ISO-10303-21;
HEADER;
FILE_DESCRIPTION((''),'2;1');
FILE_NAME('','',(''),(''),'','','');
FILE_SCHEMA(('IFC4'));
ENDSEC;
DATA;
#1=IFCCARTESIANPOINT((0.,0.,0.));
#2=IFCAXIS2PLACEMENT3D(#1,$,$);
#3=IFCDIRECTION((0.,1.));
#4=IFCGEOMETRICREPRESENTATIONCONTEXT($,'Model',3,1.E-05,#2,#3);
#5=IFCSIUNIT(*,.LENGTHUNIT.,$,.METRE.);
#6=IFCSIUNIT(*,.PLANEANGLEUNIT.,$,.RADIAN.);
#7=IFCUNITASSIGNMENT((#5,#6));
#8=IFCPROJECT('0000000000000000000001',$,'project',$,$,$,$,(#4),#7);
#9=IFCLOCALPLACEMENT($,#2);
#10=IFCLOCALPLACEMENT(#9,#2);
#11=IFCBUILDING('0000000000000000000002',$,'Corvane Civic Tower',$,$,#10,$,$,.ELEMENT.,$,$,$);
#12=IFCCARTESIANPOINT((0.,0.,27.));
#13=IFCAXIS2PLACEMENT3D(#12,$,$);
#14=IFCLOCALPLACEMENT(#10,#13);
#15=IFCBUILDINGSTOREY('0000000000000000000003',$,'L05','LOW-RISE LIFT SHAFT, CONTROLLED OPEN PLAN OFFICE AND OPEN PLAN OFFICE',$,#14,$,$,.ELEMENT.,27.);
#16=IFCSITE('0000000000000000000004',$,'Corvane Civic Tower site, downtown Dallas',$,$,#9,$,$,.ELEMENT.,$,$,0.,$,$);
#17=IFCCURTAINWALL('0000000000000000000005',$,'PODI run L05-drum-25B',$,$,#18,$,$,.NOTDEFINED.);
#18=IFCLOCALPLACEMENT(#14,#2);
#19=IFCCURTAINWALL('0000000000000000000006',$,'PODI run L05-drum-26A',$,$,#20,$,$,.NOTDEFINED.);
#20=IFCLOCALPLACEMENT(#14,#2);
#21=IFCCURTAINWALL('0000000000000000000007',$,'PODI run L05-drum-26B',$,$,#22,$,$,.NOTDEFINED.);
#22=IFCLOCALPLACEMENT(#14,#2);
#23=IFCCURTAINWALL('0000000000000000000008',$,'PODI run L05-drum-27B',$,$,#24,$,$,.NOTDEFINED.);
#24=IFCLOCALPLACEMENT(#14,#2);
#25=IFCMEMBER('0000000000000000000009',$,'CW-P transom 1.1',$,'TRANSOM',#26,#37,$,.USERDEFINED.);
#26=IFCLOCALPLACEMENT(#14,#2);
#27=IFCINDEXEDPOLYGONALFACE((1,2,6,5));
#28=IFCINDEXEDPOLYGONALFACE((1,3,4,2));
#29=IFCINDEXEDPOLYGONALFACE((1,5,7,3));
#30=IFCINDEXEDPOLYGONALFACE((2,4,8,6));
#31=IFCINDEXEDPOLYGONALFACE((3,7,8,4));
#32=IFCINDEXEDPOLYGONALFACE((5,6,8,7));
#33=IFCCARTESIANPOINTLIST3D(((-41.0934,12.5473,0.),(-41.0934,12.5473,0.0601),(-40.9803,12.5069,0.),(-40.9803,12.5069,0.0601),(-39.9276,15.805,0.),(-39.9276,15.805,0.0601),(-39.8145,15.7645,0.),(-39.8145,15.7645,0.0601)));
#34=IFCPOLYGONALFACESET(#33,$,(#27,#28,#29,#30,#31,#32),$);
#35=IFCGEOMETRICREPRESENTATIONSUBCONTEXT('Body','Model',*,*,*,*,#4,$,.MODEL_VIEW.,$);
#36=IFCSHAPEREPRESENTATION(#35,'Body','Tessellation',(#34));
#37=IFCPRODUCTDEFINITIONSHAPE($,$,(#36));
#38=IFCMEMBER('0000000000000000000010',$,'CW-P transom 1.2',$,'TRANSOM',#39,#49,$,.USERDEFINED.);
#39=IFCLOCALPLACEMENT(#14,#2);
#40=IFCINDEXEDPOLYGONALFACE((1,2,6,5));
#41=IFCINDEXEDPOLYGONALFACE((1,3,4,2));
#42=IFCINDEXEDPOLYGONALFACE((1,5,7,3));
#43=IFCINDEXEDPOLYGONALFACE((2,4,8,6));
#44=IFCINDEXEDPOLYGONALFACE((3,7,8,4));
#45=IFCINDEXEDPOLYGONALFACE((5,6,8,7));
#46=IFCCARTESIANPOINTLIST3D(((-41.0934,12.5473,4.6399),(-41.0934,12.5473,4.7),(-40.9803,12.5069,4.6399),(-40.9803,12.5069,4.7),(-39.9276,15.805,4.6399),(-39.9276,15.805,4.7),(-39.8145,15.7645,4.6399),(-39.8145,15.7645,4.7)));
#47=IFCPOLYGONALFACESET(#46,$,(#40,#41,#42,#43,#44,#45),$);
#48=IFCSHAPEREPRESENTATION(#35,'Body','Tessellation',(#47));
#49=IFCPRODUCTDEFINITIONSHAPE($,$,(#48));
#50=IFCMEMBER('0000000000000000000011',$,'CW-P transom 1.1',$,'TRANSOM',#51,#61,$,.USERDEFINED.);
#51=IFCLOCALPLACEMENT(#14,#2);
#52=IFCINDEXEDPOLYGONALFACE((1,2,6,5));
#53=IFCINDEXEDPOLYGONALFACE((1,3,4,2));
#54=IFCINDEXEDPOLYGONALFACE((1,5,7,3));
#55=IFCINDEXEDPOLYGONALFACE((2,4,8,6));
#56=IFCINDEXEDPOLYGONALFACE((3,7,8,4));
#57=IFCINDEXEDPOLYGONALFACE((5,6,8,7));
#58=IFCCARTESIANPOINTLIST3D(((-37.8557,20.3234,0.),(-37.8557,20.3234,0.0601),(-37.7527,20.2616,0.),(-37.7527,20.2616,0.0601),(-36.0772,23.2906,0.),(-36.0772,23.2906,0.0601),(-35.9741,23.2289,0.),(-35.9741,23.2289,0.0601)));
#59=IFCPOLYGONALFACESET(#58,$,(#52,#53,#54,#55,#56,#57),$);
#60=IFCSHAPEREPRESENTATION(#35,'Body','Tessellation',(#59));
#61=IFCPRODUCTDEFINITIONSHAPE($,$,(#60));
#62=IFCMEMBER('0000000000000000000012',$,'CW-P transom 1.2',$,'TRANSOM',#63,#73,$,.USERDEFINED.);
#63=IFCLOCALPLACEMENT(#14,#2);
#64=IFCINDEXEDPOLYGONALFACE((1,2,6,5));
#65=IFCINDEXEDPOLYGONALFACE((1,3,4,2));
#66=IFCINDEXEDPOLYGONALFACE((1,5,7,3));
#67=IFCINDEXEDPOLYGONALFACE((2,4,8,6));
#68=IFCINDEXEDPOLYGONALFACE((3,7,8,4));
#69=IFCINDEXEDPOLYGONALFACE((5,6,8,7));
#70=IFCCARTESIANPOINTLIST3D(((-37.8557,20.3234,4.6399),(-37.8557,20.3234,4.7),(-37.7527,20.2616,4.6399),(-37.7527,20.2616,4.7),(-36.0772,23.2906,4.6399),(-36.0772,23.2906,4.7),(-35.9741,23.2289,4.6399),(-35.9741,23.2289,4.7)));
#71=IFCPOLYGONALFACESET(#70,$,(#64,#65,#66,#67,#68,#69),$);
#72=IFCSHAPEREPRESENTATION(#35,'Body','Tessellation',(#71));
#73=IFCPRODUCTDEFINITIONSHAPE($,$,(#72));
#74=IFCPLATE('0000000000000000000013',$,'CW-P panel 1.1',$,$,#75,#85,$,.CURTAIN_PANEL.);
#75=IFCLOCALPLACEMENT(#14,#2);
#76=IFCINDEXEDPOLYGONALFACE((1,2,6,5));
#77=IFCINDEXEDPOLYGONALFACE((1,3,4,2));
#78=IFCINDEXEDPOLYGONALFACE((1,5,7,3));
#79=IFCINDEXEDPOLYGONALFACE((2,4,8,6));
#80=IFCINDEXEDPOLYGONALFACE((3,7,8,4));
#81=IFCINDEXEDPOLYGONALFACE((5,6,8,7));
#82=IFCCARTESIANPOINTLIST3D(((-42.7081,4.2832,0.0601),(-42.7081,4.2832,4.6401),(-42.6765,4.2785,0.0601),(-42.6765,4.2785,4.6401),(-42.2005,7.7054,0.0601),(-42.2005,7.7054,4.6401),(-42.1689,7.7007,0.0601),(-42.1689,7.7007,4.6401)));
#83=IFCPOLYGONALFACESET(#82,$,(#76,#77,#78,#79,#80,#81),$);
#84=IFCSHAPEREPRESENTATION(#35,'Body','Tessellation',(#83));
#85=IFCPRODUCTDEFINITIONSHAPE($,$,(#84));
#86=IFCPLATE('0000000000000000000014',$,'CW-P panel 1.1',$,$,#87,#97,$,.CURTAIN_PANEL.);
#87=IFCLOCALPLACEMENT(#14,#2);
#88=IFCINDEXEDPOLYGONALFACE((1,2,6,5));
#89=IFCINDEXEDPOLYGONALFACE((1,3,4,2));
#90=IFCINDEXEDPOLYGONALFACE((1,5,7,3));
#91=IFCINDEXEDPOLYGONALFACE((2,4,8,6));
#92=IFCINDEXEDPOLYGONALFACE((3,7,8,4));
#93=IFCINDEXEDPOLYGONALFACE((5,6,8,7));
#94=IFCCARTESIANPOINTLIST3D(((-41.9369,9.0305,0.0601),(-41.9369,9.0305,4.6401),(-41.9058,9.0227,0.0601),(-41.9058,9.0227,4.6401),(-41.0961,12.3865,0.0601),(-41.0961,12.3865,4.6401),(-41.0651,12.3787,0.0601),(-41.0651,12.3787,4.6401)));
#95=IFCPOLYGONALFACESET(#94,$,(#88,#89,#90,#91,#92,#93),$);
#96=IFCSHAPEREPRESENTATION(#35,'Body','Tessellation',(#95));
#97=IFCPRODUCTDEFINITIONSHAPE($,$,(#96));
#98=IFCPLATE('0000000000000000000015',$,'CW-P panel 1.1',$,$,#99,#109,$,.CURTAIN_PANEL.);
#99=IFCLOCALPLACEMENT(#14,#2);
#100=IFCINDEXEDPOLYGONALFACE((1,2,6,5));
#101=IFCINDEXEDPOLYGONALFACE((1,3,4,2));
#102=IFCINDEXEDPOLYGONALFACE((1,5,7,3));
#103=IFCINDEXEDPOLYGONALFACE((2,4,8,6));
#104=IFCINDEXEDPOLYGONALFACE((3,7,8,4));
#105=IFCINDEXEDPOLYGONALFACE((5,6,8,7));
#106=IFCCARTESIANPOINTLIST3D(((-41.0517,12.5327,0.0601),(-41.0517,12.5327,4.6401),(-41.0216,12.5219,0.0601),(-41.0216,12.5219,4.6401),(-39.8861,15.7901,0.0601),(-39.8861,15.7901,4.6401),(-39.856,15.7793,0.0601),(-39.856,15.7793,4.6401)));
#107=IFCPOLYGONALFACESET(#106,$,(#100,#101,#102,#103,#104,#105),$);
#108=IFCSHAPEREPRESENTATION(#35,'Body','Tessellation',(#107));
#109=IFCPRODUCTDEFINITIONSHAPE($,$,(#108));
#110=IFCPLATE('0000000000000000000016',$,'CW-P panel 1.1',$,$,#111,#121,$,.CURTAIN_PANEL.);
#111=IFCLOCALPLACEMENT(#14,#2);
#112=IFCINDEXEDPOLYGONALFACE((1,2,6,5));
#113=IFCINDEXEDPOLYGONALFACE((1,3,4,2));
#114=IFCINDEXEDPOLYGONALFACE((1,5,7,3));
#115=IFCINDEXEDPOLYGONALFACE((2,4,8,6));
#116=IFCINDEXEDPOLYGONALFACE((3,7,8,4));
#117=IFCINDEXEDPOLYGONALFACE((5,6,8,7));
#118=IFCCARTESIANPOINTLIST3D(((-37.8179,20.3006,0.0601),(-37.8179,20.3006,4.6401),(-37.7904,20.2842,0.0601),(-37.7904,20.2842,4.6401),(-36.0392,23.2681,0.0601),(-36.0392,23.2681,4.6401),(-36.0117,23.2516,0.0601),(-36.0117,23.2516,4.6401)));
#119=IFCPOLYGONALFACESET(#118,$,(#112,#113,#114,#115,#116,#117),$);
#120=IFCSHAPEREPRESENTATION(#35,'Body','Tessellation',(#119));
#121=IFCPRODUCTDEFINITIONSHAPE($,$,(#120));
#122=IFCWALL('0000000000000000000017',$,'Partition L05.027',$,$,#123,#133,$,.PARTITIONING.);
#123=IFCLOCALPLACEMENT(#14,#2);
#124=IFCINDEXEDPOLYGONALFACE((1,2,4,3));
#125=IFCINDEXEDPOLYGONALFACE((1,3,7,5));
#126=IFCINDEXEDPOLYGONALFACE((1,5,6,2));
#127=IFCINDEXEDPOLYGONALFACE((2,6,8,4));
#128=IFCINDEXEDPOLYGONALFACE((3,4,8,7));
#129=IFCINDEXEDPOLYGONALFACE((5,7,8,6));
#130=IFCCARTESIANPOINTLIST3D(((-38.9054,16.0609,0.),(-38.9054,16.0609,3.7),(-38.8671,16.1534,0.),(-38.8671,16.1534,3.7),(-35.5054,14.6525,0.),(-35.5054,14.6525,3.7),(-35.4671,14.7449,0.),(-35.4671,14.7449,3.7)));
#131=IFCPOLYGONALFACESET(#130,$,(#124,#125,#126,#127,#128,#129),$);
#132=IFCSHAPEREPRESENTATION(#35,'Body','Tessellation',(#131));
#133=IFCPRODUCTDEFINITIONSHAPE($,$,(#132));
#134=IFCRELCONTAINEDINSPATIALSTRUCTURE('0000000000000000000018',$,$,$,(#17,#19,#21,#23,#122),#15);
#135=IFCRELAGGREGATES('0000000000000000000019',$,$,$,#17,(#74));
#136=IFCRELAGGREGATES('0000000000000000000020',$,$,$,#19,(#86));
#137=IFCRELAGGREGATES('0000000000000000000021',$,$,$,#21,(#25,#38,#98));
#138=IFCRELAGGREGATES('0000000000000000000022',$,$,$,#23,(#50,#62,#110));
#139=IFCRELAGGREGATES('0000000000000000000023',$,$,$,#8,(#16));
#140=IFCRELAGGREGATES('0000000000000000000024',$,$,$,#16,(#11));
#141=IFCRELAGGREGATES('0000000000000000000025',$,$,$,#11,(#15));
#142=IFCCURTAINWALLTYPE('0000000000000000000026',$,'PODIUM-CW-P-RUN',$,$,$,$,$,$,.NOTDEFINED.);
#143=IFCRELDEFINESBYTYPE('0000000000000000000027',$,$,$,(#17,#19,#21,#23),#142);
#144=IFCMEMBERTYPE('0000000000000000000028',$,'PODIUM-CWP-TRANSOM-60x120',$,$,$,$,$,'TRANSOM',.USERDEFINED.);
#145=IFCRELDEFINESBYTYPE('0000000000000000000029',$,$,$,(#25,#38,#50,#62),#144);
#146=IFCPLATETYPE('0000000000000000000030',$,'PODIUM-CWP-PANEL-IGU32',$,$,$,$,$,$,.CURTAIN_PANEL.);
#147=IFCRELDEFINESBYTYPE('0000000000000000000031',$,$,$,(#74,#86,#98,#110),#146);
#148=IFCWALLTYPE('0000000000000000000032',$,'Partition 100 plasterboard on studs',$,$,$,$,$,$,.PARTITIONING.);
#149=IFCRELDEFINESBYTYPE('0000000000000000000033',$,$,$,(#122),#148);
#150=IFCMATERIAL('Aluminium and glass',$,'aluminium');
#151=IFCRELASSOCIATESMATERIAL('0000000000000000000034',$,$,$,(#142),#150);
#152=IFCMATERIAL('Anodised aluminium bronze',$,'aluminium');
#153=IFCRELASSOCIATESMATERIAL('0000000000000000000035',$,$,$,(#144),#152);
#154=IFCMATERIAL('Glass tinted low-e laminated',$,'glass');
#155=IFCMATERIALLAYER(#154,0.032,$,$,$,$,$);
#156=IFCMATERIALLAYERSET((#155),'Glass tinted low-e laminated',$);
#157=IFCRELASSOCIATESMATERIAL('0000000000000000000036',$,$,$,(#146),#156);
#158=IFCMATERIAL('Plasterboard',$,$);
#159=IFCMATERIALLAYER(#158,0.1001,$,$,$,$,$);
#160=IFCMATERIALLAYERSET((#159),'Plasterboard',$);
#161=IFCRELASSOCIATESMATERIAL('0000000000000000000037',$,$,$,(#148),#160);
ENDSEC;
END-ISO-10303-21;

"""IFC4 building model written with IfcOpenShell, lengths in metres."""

from ifc_helpers import new_model, si_unit, direction, frame, frame_2d, origin, origin_2d, place, context, subcontext, project, spatial, rectangle, extrude, material, layer, layer_set, material_profile, profile_set, type_object, element, aggregate, save


model = new_model("IFC4")

# Units and contexts
model_context = context("Model", 3, precision=1e-05, world=origin(), true_north=direction((0.0, 1.0)))
body_context = subcontext(model_context, "Body", "Model", "MODEL_VIEW")
ifc_project = project(units=[si_unit("LENGTHUNIT", "METRE"), si_unit("PLANEANGLEUNIT", "RADIAN")], contexts=[model_context])

# Site, building, storey
site_placement = place(None, origin())
site = spatial("IfcSite", under=ifc_project, at=site_placement, Name="Corvane Civic Tower site, downtown Dallas", CompositionType="ELEMENT", RefElevation=0.0)
building_placement = place(site_placement, origin())
building = spatial("IfcBuilding", under=site, at=building_placement, Name="Corvane Civic Tower", CompositionType="ELEMENT")
storey_placement = place(building_placement, frame((0.0, 0.0, 27.0)))
storey = spatial("IfcBuildingStorey", under=building, at=storey_placement, Name="L05", Description="LOW-RISE LIFT SHAFT, CONTROLLED OPEN PLAN OFFICE AND OPEN PLAN OFFICE", CompositionType="ELEMENT", Elevation=27.0)

# Curtain walls
ifc_material_1 = material(Name="Aluminium and glass", Category="aluminium")
curtain_wall_type = type_object("IfcCurtainWallType", Name="PODIUM-CW-P-RUN", PredefinedType="NOTDEFINED", material=ifc_material_1)
curtain_wall_1_placement = place(storey_placement, origin())
curtain_wall_1 = element("IfcCurtainWall", 1, at=curtain_wall_1_placement, inside=storey, type_object=curtain_wall_type, Name="PODI run L05-drum-25B", PredefinedType="NOTDEFINED")
curtain_wall_2_placement = place(storey_placement, origin())
curtain_wall_2 = element("IfcCurtainWall", 2, at=curtain_wall_2_placement, inside=storey, type_object=curtain_wall_type, Name="PODI run L05-drum-26A", PredefinedType="NOTDEFINED")
curtain_wall_3_placement = place(storey_placement, origin())
curtain_wall_3 = element("IfcCurtainWall", 3, at=curtain_wall_3_placement, inside=storey, type_object=curtain_wall_type, Name="PODI run L05-drum-26B", PredefinedType="NOTDEFINED")
curtain_wall_4_placement = place(storey_placement, origin())
curtain_wall_4 = element("IfcCurtainWall", 4, at=curtain_wall_4_placement, inside=storey, type_object=curtain_wall_type, Name="PODI run L05-drum-27B", PredefinedType="NOTDEFINED")

# Members
ifc_material_2 = material(Name="Anodised aluminium bronze", Category="aluminium")
ifc_material_profile_1 = material_profile(ifc_material_2, rectangle(XDim=0.1201, YDim=0.0601, at=origin_2d()), Name="AL 120x60")
ifc_profile_set_1 = profile_set([ifc_material_profile_1], Name="Anodised aluminium bronze")
member_type_1 = type_object("IfcMemberType", Name="PODIUM-CWP-TRANSOM-60x120", ElementType="TRANSOM", PredefinedType="USERDEFINED", material=ifc_profile_set_1)
member_1_placement = place(storey_placement, frame((-41.0369, 12.5271, 0.03), z_axis=(0.33694, 0.941526, 0.0), x_axis=(-0.941526, 0.33694, 0.0)))
member_1 = element("IfcMember", 5, at=member_1_placement, type_object=member_type_1, Name="CW-P transom 1.1", ObjectType="TRANSOM", PredefinedType="USERDEFINED", context=body_context, shape_type="SweptSolid", body=[
    extrude(rectangle(XDim=0.1201, YDim=0.0601, at=origin_2d()), origin(), (0.0, 0.0, 1.0), 3.46),
])
member_2_placement = place(storey_placement, frame((-41.0369, 12.5271, 4.6699), z_axis=(0.33694, 0.941526, 0.0), x_axis=(-0.941526, 0.33694, 0.0)))
member_2 = element("IfcMember", 6, at=member_2_placement, type_object=member_type_1, Name="CW-P transom 1.2", ObjectType="TRANSOM", PredefinedType="USERDEFINED", context=body_context, shape_type="SweptSolid", body=[
    extrude(rectangle(XDim=0.1201, YDim=0.0601, at=origin_2d()), origin(), (0.0, 0.0, 1.0), 3.46),
])
member_3_placement = place(storey_placement, frame((-37.8042, 20.2925, 0.03), z_axis=(0.514112, 0.857723, 0.0), x_axis=(-0.857723, 0.514112, 0.0)))
member_3 = element("IfcMember", 7, at=member_3_placement, type_object=member_type_1, Name="CW-P transom 1.1", ObjectType="TRANSOM", PredefinedType="USERDEFINED", context=body_context, shape_type="SweptSolid", body=[
    extrude(rectangle(XDim=0.1201, YDim=0.0601, at=origin_2d()), origin(), (0.0, 0.0, 1.0), 3.4595),
])
member_4_placement = place(storey_placement, frame((-37.8042, 20.2925, 4.6699), z_axis=(0.514112, 0.857723, 0.0), x_axis=(-0.857723, 0.514112, 0.0)))
member_4 = element("IfcMember", 8, at=member_4_placement, type_object=member_type_1, Name="CW-P transom 1.2", ObjectType="TRANSOM", PredefinedType="USERDEFINED", context=body_context, shape_type="SweptSolid", body=[
    extrude(rectangle(XDim=0.1201, YDim=0.0601, at=origin_2d()), origin(), (0.0, 0.0, 1.0), 3.4595),
])

# Plates
ifc_material_3 = material(Name="Glass tinted low-e laminated", Category="glass")
ifc_layer_1 = layer(ifc_material_3, 0.032)
ifc_layer_set_1 = layer_set([ifc_layer_1], Name="Glass tinted low-e laminated")
plate_type = type_object("IfcPlateType", Name="PODIUM-CWP-PANEL-IGU32", PredefinedType="CURTAIN_PANEL", material=ifc_layer_set_1)
plate_1_placement = place(storey_placement, frame((-42.4385, 5.9919, 0.0601), z_axis=(0.0, 0.0, 1.0), x_axis=(0.146715, 0.989179, 0.0)))
plate_1 = element("IfcPlate", 9, at=plate_1_placement, type_object=plate_type, Name="CW-P panel 1.1", PredefinedType="CURTAIN_PANEL", context=body_context, shape_type="SweptSolid", body=[
    extrude(rectangle(XDim=3.4597, YDim=0.032, at=origin_2d()), origin(), (0.0, 0.0, 1.0), 4.5801),
])
aggregate(curtain_wall_1, [plate_1])
plate_2_placement = place(storey_placement, frame((-41.501, 10.7046, 0.0601), z_axis=(0.0, 0.0, 1.0), x_axis=(0.243009, 0.970024, 0.0)))
plate_2 = element("IfcPlate", 10, at=plate_2_placement, type_object=plate_type, Name="CW-P panel 1.1", PredefinedType="CURTAIN_PANEL", context=body_context, shape_type="SweptSolid", body=[
    extrude(rectangle(XDim=3.4597, YDim=0.032, at=origin_2d()), origin(), (0.0, 0.0, 1.0), 4.5801),
])
aggregate(curtain_wall_2, [plate_2])
plate_3_placement = place(storey_placement, frame((-40.4539, 14.156, 0.0601), z_axis=(0.0, 0.0, 1.0), x_axis=(0.336919, 0.941534, 0.0)))
plate_3 = element("IfcPlate", 11, at=plate_3_placement, type_object=plate_type, Name="CW-P panel 1.1", PredefinedType="CURTAIN_PANEL", context=body_context, shape_type="SweptSolid", body=[
    extrude(rectangle(XDim=3.4597, YDim=0.032, at=origin_2d()), origin(), (0.0, 0.0, 1.0), 4.5801),
])
aggregate(curtain_wall_3, [member_1, member_2, plate_3])
plate_4_placement = place(storey_placement, frame((-36.9148, 21.7761, 0.0601), z_axis=(0.0, 0.0, 1.0), x_axis=(0.514118, 0.85772, 0.0)))
plate_4 = element("IfcPlate", 12, at=plate_4_placement, type_object=plate_type, Name="CW-P panel 1.1", PredefinedType="CURTAIN_PANEL", context=body_context, shape_type="SweptSolid", body=[
    extrude(rectangle(XDim=3.4597, YDim=0.032, at=origin_2d()), origin(), (0.0, 0.0, 1.0), 4.5801),
])
aggregate(curtain_wall_4, [member_3, member_4, plate_4])

# Wall
ifc_material_4 = material(Name="Plasterboard")
ifc_layer_2 = layer(ifc_material_4, 0.1001)
ifc_layer_set_2 = layer_set([ifc_layer_2], Name="Plasterboard")
wall_type_1 = type_object("IfcWallType", Name="Partition 100 plasterboard on studs", PredefinedType="PARTITIONING", material=ifc_layer_set_2)
wall_1_placement = place(storey_placement, frame((-38.8862, 16.1072, 0.0), z_axis=(0.0, 0.0, 1.0), x_axis=(0.923864, -0.382721, 0.0)))
element("IfcWall", 13, at=wall_1_placement, inside=storey, type_object=wall_type_1, Name="Partition L05.027", PredefinedType="PARTITIONING", context=body_context, shape_type="SweptSolid", body=[
    extrude(rectangle(XDim=3.6802, YDim=0.1001, at=frame_2d((1.8401, 0.0))), origin(), (0.0, 0.0, 1.0), 3.7),
])

save(model, "model.ifc")
